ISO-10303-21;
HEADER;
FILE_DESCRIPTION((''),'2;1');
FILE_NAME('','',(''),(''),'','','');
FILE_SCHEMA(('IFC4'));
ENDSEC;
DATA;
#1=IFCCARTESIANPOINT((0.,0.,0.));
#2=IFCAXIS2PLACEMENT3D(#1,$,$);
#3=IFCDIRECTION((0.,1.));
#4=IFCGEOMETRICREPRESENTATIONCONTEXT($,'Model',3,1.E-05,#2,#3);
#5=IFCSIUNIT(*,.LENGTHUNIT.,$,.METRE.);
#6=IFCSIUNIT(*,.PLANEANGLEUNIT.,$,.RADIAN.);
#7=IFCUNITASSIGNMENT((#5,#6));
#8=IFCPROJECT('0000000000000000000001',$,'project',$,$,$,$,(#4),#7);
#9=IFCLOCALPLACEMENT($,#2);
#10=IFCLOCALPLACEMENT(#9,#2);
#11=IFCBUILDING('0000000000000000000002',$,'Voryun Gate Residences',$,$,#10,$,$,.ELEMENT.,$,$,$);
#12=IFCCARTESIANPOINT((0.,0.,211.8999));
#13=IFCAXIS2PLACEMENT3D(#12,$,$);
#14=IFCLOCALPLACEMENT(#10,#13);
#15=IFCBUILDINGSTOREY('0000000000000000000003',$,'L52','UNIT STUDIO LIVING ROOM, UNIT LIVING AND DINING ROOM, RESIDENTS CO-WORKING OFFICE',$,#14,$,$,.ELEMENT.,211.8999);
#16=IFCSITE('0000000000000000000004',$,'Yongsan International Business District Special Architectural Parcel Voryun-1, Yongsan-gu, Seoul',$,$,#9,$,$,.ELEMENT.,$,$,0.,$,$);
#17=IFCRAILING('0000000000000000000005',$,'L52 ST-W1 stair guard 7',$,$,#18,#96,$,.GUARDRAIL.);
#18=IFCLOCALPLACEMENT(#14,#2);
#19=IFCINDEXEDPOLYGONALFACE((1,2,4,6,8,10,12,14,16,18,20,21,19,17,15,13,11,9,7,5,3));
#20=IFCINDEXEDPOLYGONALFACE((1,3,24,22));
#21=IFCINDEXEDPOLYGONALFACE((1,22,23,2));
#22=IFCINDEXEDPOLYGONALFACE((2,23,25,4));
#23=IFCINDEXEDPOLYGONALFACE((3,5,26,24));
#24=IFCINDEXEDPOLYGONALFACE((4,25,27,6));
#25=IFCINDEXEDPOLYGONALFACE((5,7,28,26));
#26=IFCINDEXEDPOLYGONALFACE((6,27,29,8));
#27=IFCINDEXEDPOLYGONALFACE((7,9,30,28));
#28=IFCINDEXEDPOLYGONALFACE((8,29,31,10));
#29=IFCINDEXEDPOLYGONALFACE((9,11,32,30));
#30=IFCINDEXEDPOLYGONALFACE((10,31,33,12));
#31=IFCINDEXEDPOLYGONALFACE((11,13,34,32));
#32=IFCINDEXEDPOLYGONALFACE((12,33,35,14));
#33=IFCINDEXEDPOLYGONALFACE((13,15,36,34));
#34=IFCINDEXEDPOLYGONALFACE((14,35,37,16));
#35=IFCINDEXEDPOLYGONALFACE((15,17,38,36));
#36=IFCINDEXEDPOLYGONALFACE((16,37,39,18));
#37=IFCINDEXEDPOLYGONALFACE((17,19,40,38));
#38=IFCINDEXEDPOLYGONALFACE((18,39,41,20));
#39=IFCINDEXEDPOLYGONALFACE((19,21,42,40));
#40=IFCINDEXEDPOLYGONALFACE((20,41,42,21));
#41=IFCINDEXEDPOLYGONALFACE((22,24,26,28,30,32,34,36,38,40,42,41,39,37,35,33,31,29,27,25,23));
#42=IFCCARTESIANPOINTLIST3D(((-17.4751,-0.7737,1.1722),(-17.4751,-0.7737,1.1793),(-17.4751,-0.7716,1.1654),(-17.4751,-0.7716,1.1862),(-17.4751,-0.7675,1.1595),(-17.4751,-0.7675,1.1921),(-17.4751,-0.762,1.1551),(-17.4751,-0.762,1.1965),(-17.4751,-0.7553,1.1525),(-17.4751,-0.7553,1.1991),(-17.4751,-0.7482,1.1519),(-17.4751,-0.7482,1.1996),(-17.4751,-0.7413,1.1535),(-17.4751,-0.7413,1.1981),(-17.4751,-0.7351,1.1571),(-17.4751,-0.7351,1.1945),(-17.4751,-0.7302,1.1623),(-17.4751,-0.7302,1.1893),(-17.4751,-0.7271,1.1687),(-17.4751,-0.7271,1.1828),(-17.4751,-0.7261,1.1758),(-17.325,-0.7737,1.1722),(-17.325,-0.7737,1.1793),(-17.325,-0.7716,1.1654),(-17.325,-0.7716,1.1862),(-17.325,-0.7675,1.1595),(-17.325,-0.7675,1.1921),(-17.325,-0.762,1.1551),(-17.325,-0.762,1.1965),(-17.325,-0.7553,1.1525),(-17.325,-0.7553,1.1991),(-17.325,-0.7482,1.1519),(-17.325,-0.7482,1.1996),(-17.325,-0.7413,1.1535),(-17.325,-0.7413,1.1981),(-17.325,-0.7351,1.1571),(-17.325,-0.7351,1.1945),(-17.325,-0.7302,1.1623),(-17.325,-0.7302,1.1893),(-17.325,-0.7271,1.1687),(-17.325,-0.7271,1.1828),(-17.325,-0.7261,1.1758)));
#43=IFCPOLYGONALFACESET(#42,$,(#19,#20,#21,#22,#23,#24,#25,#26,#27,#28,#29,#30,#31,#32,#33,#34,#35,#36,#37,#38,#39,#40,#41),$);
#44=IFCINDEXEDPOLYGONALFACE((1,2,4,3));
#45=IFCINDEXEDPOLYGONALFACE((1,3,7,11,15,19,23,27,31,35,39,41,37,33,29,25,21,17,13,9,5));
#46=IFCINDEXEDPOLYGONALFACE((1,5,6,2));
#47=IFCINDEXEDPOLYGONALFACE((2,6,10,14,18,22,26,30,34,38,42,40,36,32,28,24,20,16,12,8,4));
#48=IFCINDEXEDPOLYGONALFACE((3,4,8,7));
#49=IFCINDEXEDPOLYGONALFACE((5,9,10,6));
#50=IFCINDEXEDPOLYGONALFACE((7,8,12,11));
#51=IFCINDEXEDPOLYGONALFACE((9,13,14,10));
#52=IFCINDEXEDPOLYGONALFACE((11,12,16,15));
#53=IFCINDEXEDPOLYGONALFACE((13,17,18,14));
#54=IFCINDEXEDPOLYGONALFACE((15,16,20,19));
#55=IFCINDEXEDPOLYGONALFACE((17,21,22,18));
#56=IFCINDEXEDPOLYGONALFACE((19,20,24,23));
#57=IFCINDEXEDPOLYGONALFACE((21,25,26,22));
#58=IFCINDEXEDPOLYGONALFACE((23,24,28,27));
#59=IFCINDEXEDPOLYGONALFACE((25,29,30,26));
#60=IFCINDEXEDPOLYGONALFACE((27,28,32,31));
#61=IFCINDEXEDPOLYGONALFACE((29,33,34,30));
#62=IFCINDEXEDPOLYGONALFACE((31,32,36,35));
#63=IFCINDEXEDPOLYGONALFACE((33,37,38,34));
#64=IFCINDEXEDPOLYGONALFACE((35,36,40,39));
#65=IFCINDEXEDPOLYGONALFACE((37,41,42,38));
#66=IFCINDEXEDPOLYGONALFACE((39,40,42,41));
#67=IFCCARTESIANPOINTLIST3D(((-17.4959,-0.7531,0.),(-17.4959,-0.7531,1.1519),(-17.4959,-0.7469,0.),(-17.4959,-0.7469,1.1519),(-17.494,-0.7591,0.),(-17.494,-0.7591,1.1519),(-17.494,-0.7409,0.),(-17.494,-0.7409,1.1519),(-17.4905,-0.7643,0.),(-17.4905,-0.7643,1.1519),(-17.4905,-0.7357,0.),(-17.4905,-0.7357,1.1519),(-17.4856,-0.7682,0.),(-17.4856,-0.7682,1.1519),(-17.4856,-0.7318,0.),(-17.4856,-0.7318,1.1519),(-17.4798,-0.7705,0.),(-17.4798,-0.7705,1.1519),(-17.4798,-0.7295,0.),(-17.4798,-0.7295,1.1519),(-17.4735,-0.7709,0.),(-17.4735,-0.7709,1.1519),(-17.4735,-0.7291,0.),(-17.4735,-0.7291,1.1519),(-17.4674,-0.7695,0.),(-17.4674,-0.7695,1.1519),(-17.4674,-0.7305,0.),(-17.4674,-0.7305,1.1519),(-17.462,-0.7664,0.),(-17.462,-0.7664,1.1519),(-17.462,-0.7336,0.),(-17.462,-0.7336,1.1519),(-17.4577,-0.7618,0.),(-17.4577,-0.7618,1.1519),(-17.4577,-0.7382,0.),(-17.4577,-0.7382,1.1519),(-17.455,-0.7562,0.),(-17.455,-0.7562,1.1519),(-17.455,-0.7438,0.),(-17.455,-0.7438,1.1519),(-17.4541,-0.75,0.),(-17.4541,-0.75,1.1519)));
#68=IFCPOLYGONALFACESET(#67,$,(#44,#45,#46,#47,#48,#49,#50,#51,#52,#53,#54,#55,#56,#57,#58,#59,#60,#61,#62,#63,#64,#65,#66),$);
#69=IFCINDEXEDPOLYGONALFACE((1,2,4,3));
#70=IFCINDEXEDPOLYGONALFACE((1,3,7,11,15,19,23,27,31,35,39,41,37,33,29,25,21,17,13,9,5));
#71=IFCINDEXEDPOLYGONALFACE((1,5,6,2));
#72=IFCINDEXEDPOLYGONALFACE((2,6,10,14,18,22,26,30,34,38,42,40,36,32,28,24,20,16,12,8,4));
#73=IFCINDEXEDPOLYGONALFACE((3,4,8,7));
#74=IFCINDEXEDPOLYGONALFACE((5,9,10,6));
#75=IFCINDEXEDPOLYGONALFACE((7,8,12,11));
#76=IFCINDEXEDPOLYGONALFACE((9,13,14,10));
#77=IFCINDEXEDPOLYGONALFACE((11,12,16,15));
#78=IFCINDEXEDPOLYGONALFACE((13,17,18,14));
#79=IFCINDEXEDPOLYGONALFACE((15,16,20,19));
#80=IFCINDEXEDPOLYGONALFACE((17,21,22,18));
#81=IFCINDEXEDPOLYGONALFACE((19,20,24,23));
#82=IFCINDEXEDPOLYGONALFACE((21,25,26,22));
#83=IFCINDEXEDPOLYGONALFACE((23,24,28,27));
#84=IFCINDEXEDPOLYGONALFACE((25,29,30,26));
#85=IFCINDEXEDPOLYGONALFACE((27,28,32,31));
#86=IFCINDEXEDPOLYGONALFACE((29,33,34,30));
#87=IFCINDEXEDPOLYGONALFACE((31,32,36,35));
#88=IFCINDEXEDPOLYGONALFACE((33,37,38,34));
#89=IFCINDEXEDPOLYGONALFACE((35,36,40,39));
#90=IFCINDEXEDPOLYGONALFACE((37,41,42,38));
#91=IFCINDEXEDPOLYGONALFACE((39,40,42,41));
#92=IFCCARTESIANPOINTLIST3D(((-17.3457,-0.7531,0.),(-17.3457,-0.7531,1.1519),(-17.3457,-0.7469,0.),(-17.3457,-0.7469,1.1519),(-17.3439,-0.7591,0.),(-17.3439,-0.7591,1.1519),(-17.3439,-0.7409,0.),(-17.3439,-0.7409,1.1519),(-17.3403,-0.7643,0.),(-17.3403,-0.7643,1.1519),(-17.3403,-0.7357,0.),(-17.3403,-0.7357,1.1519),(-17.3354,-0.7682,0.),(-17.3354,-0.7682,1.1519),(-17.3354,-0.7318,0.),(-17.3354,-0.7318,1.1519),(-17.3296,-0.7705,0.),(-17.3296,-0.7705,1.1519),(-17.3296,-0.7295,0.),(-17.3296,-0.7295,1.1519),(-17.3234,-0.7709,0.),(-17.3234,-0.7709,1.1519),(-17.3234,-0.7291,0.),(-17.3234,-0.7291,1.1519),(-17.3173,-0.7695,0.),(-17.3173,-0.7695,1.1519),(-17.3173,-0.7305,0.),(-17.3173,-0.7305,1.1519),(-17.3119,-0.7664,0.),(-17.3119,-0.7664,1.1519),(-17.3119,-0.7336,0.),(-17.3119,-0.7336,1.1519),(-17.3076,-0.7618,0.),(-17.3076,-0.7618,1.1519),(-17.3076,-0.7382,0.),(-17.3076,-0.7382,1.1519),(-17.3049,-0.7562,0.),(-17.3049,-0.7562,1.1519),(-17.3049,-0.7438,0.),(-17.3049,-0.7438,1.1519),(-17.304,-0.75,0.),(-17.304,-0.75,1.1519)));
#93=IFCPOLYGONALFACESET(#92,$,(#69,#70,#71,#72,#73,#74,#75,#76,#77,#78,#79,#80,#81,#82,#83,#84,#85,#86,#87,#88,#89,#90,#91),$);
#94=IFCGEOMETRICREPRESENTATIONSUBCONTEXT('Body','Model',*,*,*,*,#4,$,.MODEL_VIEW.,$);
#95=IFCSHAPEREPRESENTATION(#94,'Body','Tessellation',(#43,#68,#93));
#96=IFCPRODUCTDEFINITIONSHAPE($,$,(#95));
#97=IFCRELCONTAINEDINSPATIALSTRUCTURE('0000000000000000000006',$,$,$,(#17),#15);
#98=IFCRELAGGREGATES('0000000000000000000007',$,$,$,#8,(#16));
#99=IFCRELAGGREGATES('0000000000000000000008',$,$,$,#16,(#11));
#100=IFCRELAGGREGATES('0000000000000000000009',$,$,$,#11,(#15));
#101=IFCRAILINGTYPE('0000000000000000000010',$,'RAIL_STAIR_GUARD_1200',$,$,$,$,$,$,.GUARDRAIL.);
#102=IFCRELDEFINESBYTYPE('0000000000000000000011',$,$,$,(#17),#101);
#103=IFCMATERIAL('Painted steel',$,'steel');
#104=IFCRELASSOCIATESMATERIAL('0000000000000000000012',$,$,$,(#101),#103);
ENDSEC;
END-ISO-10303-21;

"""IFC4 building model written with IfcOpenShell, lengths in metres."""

from ifc_helpers import new_model, si_unit, direction, frame, origin, origin_2d, place, context, subcontext, project, spatial, circle, extrude, material, type_object, element, save


model = new_model("IFC4")

# Units and contexts
model_context = context("Model", 3, precision=1e-05, world=origin(), true_north=direction((0.0, 1.0)))
body_context = subcontext(model_context, "Body", "Model", "MODEL_VIEW")
ifc_project = project(units=[si_unit("LENGTHUNIT", "METRE"), si_unit("PLANEANGLEUNIT", "RADIAN")], contexts=[model_context])

# Site, building, storey
site_placement = place(None, origin())
site = spatial("IfcSite", under=ifc_project, at=site_placement, Name="Yongsan International Business District Special Architectural Parcel Voryun-1, Yongsan-gu, Seoul", CompositionType="ELEMENT", RefElevation=0.0)
building_placement = place(site_placement, origin())
building = spatial("IfcBuilding", under=site, at=building_placement, Name="Voryun Gate Residences", CompositionType="ELEMENT")
storey_placement = place(building_placement, frame((0.0, 0.0, 211.8999)))
storey = spatial("IfcBuildingStorey", under=building, at=storey_placement, Name="L52", Description="UNIT STUDIO LIVING ROOM, UNIT LIVING AND DINING ROOM, RESIDENTS CO-WORKING OFFICE", CompositionType="ELEMENT", Elevation=211.8999)

# Railing
ifc_material_1 = material(Name="Painted steel", Category="steel")
railing_type_1 = type_object("IfcRailingType", Name="RAIL_STAIR_GUARD_1200", PredefinedType="GUARDRAIL", material=ifc_material_1)
railing_1_placement = place(storey_placement, frame((-17.4751, -0.75, 0.0)))
element("IfcRailing", 1, at=railing_1_placement, inside=storey, type_object=railing_type_1, Name="L52 ST-W1 stair guard 7", PredefinedType="GUARDRAIL", context=body_context, shape_type="SweptSolid", body=[
    extrude(circle(Radius=0.0239, at=origin_2d()), frame((0.0, 0.0, 1.1758), z_axis=(1.0, 0.0, 0.0), x_axis=(0.0, 1.0, 0.0)), (0.0, 0.0, 1.0), 0.1501),
    extrude(circle(Radius=0.021, at=origin_2d()), origin(), (0.0, 0.0, 1.0), 1.1519),
    extrude(circle(Radius=0.021, at=origin_2d()), frame((0.1501, 0.0, 0.0)), (0.0, 0.0, 1.0), 1.1519),
])

save(model, "model.ifc")
